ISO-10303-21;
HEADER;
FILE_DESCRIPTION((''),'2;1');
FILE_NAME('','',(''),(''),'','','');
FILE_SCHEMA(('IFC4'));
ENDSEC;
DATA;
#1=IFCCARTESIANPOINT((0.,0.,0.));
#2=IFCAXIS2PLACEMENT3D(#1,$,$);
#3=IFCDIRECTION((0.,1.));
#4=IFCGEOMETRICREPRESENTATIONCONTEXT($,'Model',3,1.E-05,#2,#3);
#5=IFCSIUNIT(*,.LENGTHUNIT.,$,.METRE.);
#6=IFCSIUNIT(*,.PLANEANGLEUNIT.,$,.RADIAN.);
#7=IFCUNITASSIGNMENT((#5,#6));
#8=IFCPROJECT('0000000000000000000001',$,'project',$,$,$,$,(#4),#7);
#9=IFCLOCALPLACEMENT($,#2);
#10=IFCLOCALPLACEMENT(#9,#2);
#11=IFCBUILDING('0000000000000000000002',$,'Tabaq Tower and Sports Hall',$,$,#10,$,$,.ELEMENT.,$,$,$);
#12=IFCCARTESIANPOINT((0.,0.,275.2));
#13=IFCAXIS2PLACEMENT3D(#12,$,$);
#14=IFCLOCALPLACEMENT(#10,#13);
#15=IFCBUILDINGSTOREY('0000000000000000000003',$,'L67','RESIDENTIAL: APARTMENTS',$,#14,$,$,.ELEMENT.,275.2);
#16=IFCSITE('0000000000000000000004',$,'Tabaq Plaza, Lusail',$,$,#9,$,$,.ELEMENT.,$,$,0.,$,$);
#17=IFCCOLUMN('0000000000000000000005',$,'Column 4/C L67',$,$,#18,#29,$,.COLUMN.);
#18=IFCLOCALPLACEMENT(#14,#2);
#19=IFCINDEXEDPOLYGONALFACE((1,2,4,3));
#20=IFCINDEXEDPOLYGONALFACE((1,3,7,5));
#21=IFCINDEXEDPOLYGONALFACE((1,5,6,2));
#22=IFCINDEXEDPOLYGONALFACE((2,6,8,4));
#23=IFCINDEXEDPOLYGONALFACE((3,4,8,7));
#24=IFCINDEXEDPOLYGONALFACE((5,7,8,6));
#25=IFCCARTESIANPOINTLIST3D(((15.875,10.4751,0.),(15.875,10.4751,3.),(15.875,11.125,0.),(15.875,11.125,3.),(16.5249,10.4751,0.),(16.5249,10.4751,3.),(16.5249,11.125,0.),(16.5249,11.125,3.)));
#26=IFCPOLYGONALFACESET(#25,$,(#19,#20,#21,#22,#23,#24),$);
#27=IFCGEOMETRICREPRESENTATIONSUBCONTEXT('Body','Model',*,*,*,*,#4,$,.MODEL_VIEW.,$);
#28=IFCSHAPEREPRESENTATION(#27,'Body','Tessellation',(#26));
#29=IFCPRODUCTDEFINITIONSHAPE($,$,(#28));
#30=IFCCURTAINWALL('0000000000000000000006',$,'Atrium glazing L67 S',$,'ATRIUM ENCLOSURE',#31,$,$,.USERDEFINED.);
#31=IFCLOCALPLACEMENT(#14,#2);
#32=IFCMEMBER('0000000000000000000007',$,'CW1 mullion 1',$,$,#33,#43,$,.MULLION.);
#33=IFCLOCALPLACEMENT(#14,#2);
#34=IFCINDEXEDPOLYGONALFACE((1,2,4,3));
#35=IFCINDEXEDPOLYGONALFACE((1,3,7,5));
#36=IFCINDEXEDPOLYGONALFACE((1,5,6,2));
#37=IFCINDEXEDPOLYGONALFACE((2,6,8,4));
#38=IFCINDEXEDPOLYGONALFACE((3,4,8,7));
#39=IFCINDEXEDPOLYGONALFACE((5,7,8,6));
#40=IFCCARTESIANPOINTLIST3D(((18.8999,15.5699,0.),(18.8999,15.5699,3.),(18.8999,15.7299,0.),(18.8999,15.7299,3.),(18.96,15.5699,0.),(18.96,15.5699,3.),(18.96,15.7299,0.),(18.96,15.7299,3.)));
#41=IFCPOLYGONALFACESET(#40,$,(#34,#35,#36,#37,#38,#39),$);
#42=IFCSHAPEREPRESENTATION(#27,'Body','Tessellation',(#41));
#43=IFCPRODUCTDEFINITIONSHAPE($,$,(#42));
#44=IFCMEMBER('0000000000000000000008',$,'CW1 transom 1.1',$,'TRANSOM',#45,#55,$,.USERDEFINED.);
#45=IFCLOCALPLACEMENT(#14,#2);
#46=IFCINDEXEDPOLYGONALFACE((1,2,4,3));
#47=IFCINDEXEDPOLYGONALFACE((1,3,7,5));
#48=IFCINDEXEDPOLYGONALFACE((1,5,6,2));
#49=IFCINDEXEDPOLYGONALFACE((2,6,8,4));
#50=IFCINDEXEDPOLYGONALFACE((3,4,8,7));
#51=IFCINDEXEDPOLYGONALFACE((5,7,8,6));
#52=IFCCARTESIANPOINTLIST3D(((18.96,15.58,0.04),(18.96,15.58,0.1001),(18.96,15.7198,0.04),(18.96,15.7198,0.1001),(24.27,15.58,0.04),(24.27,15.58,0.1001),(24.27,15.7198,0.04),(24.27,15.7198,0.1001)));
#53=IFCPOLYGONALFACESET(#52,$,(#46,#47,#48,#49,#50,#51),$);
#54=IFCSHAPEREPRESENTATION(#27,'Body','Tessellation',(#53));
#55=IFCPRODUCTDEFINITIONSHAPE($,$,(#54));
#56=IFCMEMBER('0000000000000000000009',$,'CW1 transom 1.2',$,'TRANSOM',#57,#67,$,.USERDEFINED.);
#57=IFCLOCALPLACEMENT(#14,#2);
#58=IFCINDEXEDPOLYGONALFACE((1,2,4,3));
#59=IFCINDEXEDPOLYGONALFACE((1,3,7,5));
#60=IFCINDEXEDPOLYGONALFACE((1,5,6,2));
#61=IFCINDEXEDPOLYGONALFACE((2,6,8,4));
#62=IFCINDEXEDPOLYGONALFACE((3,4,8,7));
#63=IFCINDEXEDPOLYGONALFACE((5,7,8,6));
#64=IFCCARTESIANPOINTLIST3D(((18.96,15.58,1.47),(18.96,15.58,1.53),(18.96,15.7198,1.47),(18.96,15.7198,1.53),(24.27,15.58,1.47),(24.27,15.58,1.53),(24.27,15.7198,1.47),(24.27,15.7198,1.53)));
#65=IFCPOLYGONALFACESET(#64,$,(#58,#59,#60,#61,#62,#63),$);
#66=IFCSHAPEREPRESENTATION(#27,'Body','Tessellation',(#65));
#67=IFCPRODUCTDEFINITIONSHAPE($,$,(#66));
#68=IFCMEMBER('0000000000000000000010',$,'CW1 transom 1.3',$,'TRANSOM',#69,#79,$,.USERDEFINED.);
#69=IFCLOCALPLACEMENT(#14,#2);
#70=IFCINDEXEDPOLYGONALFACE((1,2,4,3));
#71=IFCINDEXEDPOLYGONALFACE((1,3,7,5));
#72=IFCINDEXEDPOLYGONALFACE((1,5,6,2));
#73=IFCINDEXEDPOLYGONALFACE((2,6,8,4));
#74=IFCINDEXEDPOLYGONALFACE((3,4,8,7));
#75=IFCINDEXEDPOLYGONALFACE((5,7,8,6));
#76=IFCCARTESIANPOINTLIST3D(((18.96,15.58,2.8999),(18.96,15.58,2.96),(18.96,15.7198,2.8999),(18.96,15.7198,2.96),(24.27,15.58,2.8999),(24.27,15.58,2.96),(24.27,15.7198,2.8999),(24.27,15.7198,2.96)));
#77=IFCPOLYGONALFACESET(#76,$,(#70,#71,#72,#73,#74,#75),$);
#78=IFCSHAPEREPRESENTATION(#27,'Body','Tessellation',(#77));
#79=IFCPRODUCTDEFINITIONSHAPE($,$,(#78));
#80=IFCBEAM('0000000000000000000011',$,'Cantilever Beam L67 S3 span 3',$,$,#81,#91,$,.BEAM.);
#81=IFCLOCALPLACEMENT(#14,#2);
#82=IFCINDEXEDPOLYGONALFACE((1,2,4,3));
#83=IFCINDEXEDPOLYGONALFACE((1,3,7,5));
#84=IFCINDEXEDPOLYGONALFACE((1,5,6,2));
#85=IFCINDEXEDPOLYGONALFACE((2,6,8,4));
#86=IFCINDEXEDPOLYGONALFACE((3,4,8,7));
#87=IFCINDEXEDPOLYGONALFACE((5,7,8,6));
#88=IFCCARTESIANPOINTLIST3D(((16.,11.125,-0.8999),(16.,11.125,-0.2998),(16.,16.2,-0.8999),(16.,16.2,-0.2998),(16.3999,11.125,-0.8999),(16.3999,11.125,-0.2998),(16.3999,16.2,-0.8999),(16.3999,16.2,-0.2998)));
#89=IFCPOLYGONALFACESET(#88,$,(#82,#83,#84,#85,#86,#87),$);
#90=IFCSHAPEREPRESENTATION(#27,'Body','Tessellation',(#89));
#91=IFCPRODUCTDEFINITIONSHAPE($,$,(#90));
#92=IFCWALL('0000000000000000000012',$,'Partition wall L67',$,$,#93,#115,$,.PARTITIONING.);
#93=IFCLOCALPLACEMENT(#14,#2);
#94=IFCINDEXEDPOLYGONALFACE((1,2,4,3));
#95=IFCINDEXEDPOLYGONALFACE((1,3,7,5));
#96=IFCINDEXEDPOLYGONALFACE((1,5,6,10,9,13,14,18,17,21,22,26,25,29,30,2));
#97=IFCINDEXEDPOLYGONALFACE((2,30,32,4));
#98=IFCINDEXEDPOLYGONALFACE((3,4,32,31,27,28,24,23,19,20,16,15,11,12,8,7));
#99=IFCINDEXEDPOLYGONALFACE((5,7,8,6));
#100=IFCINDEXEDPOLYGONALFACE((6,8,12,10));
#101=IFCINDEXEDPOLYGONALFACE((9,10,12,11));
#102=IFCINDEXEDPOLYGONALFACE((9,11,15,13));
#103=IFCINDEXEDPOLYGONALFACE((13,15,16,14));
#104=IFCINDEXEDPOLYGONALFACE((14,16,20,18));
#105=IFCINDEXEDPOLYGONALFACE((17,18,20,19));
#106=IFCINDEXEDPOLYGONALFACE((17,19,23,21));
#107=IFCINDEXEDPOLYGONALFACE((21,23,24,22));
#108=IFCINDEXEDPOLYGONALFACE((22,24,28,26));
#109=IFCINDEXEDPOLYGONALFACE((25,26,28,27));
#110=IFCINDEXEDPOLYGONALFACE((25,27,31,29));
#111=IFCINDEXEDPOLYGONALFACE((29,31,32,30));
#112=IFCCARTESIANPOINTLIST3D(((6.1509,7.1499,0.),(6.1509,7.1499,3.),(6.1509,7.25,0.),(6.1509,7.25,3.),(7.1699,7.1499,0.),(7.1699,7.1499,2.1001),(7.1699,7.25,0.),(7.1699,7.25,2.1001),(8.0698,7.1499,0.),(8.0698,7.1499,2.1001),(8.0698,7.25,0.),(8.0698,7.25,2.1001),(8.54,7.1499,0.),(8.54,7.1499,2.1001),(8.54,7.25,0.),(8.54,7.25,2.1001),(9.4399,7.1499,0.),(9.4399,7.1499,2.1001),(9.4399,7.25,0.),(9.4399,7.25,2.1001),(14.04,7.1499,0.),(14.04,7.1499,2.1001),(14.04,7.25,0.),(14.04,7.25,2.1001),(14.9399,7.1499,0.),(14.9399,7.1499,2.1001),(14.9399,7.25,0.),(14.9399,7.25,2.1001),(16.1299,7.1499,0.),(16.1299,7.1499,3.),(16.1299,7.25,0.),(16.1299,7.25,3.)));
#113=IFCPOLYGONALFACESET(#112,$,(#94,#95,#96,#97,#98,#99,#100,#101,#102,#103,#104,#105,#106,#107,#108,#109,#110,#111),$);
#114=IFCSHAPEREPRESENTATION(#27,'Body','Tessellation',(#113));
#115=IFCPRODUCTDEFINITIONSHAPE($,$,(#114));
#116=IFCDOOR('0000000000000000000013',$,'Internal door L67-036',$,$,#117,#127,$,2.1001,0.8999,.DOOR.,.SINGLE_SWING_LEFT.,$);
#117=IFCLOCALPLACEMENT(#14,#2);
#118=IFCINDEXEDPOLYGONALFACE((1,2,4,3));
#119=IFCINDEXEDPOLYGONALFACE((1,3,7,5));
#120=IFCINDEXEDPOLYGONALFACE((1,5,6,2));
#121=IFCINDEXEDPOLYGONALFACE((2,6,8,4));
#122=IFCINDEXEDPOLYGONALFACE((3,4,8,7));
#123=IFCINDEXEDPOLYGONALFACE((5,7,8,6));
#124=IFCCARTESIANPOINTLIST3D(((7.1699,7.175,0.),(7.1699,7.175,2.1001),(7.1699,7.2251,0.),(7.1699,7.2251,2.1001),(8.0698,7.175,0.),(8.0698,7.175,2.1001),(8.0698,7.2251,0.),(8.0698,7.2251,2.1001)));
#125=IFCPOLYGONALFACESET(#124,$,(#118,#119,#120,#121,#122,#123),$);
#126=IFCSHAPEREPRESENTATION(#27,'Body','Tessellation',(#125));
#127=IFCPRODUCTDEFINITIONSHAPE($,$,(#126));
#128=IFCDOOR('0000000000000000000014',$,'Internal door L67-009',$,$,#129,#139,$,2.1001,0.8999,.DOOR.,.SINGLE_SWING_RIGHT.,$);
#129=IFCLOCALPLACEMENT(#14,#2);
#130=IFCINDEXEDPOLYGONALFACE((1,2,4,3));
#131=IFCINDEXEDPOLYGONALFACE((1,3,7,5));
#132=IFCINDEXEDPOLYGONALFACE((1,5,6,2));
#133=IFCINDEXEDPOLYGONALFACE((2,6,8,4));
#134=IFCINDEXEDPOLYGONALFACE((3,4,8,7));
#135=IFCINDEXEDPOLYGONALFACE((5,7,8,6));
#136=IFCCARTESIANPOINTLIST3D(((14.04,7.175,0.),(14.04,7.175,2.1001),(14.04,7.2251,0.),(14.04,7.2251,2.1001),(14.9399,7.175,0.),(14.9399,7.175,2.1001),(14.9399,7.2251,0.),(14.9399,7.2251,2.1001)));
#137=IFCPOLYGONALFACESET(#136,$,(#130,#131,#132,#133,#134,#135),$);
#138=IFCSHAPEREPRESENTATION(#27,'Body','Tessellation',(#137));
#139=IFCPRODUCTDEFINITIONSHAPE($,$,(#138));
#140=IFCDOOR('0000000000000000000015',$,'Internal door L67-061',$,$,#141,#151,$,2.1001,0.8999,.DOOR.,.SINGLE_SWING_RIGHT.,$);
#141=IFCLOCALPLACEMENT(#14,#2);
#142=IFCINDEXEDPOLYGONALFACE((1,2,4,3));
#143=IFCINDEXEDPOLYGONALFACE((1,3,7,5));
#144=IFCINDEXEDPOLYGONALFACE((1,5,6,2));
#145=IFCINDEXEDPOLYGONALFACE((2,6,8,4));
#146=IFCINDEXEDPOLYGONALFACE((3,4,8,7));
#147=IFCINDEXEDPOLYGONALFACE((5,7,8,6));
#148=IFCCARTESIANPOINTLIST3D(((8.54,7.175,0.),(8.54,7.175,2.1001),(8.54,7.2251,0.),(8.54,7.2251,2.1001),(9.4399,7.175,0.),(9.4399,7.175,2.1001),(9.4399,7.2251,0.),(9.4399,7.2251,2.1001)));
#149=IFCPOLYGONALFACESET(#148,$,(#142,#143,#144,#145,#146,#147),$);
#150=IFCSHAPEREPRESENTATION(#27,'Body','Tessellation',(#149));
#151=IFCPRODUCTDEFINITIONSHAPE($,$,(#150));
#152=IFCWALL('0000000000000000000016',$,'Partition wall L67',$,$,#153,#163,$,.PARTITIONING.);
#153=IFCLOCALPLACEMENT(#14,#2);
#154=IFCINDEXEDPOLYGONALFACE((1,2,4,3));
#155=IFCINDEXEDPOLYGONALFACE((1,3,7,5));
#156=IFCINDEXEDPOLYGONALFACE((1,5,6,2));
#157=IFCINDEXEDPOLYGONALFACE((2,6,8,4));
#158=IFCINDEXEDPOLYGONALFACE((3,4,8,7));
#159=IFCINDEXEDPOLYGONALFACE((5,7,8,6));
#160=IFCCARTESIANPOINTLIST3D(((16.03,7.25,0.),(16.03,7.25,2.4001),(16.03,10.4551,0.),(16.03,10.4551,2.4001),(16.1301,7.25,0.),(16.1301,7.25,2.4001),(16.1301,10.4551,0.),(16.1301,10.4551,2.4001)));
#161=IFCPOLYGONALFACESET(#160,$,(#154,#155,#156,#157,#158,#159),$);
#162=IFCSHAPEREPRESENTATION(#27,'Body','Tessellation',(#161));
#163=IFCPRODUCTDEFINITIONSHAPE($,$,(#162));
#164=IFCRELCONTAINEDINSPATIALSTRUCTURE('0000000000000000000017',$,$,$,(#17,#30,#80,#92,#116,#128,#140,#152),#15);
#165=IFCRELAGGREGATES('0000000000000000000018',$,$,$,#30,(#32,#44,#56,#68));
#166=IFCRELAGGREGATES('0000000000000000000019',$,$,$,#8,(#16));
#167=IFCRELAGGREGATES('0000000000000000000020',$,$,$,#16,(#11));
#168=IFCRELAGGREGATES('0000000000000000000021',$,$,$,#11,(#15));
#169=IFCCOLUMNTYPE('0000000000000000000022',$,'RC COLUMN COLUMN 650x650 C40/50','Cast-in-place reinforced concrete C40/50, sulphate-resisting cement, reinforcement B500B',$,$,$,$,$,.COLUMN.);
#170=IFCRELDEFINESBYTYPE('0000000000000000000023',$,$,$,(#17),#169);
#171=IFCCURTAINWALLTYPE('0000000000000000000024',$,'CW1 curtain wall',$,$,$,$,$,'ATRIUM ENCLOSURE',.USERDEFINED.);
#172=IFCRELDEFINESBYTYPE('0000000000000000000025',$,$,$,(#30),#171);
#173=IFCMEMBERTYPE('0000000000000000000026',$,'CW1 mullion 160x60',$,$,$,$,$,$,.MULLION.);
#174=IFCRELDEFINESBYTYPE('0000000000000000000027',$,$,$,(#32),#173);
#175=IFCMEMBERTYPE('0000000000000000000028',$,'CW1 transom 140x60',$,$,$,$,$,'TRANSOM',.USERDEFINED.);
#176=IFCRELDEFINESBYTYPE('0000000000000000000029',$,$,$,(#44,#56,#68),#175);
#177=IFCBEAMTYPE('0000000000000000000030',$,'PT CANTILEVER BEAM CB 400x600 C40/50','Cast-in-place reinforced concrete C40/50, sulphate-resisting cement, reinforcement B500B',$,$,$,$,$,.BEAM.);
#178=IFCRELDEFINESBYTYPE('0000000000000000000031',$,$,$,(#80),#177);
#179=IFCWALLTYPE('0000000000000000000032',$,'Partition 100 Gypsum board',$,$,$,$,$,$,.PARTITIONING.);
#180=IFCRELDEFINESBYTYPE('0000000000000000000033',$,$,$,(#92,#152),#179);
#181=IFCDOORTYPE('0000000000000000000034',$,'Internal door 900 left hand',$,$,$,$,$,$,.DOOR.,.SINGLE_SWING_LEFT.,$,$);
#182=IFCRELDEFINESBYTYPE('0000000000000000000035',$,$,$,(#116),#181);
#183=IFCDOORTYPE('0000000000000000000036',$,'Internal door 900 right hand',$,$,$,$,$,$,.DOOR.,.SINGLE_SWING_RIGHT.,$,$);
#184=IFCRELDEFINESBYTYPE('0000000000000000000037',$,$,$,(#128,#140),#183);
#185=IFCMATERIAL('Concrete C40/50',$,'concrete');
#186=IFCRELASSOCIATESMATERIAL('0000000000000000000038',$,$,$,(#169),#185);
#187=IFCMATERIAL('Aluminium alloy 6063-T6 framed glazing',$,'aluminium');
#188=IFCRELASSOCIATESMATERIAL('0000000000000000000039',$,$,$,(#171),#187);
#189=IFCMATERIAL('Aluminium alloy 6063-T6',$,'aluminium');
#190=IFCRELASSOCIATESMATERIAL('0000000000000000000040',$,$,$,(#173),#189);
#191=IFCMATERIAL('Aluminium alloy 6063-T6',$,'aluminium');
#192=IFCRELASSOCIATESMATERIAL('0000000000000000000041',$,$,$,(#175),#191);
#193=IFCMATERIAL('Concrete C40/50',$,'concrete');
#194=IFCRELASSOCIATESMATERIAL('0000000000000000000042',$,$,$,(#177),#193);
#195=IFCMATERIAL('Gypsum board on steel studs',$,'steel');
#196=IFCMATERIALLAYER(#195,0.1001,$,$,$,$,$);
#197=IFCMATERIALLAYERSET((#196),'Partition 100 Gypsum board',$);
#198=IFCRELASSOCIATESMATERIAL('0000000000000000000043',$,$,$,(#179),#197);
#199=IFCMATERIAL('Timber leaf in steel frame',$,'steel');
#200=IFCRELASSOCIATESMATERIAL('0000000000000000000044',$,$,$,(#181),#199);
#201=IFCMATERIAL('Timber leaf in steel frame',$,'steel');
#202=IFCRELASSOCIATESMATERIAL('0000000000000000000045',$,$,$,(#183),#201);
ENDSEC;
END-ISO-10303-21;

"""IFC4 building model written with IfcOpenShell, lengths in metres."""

from ifc_helpers import new_model, si_unit, direction, frame, frame_2d, origin, origin_2d, place, context, subcontext, project, spatial, rectangle, extrude, material, layer, layer_set, material_profile, profile_set, type_object, element, fill, aggregate, save


model = new_model("IFC4")

# Units and contexts
model_context = context("Model", 3, precision=1e-05, world=origin(), true_north=direction((0.0, 1.0)))
body_context = subcontext(model_context, "Body", "Model", "MODEL_VIEW")
ifc_project = project(units=[si_unit("LENGTHUNIT", "METRE"), si_unit("PLANEANGLEUNIT", "RADIAN")], contexts=[model_context])

# Site, building, storey
site_placement = place(None, origin())
site = spatial("IfcSite", under=ifc_project, at=site_placement, Name="Tabaq Plaza, Lusail", CompositionType="ELEMENT", RefElevation=0.0)
building_placement = place(site_placement, origin())
building = spatial("IfcBuilding", under=site, at=building_placement, Name="Tabaq Tower and Sports Hall", CompositionType="ELEMENT")
storey_placement = place(building_placement, frame((0.0, 0.0, 275.2)))
storey = spatial("IfcBuildingStorey", under=building, at=storey_placement, Name="L67", Description="RESIDENTIAL: APARTMENTS", CompositionType="ELEMENT", Elevation=275.2)

# Column
ifc_material_1 = material(Name="Concrete C40/50", Category="concrete")
ifc_material_profile_1 = material_profile(ifc_material_1, rectangle(XDim=0.6499, YDim=0.6499, at=origin_2d()), Name="COLUMN 650x650")
ifc_profile_set_1 = profile_set([ifc_material_profile_1], Name="Concrete C40/50")
column_type = type_object("IfcColumnType", Name="RC COLUMN COLUMN 650x650 C40/50", Description="Cast-in-place reinforced concrete C40/50, sulphate-resisting cement, reinforcement B500B", PredefinedType="COLUMN", material=ifc_profile_set_1)
column_placement = place(storey_placement, frame((16.2, 10.8, 0.0), z_axis=(0.0, 0.0, 1.0), x_axis=(1.0, 0.0, 0.0)))
element("IfcColumn", 1, at=column_placement, inside=storey, type_object=column_type, Name="Column 4/C L67", PredefinedType="COLUMN", context=body_context, shape_type="SweptSolid", body=[
    extrude(rectangle(XDim=0.6499, YDim=0.6499, at=origin_2d()), origin(), (0.0, 0.0, 1.0), 3.0),
])

# Curtain wall, members
ifc_material_2 = material(Name="Aluminium alloy 6063-T6 framed glazing", Category="aluminium")
curtain_wall_type = type_object("IfcCurtainWallType", Name="CW1 curtain wall", ElementType="ATRIUM ENCLOSURE", PredefinedType="USERDEFINED", material=ifc_material_2)
curtain_wall_placement = place(storey_placement, origin())
curtain_wall = element("IfcCurtainWall", 2, at=curtain_wall_placement, inside=storey, type_object=curtain_wall_type, Name="Atrium glazing L67 S", ObjectType="ATRIUM ENCLOSURE", PredefinedType="USERDEFINED")
ifc_material_3 = material(Name="Aluminium alloy 6063-T6", Category="aluminium")
ifc_material_profile_2 = material_profile(ifc_material_3, rectangle(XDim=0.1599, YDim=0.0601, at=origin_2d()), Name="MULLION 160x60")
ifc_profile_set_2 = profile_set([ifc_material_profile_2], Name="Aluminium alloy 6063-T6")
member_type_1 = type_object("IfcMemberType", Name="CW1 mullion 160x60", PredefinedType="MULLION", material=ifc_profile_set_2)
member_1_placement = place(storey_placement, frame((18.9299, 15.6499, 0.0), z_axis=(0.0, 0.0, 1.0), x_axis=(0.0, 1.0, 0.0)))
member_1 = element("IfcMember", 3, at=member_1_placement, type_object=member_type_1, Name="CW1 mullion 1", PredefinedType="MULLION", context=body_context, shape_type="SweptSolid", body=[
    extrude(rectangle(XDim=0.1599, YDim=0.0601, at=origin_2d()), origin(), (0.0, 0.0, 1.0), 3.0),
])
ifc_material_4 = material(Name="Aluminium alloy 6063-T6", Category="aluminium")
ifc_material_profile_3 = material_profile(ifc_material_4, rectangle(XDim=0.1399, YDim=0.0601, at=origin_2d()), Name="TRANSOM 140x60")
ifc_profile_set_3 = profile_set([ifc_material_profile_3], Name="Aluminium alloy 6063-T6")
member_type_2 = type_object("IfcMemberType", Name="CW1 transom 140x60", ElementType="TRANSOM", PredefinedType="USERDEFINED", material=ifc_profile_set_3)
member_2_placement = place(storey_placement, frame((18.96, 15.6499, 0.0701), z_axis=(1.0, 0.0, 0.0), x_axis=(0.0, 1.0, 0.0)))
member_2 = element("IfcMember", 4, at=member_2_placement, type_object=member_type_2, Name="CW1 transom 1.1", ObjectType="TRANSOM", PredefinedType="USERDEFINED", context=body_context, shape_type="SweptSolid", body=[
    extrude(rectangle(XDim=0.1399, YDim=0.0601, at=origin_2d()), origin(), (0.0, 0.0, 1.0), 5.3101),
])
member_3_placement = place(storey_placement, frame((18.96, 15.6499, 1.5), z_axis=(1.0, 0.0, 0.0), x_axis=(0.0, 1.0, 0.0)))
member_3 = element("IfcMember", 5, at=member_3_placement, type_object=member_type_2, Name="CW1 transom 1.2", ObjectType="TRANSOM", PredefinedType="USERDEFINED", context=body_context, shape_type="SweptSolid", body=[
    extrude(rectangle(XDim=0.1399, YDim=0.0601, at=origin_2d()), origin(), (0.0, 0.0, 1.0), 5.3101),
])
member_4_placement = place(storey_placement, frame((18.96, 15.6499, 2.9299), z_axis=(1.0, 0.0, 0.0), x_axis=(0.0, 1.0, 0.0)))
member_4 = element("IfcMember", 6, at=member_4_placement, type_object=member_type_2, Name="CW1 transom 1.3", ObjectType="TRANSOM", PredefinedType="USERDEFINED", context=body_context, shape_type="SweptSolid", body=[
    extrude(rectangle(XDim=0.1399, YDim=0.0601, at=origin_2d()), origin(), (0.0, 0.0, 1.0), 5.3101),
])
aggregate(curtain_wall, [member_1, member_2, member_3, member_4])

# Beam
ifc_material_5 = material(Name="Concrete C40/50", Category="concrete")
ifc_material_profile_4 = material_profile(ifc_material_5, rectangle(XDim=0.3999, YDim=0.6001, at=origin_2d()), Name="CB 400x600")
ifc_profile_set_4 = profile_set([ifc_material_profile_4], Name="Concrete C40/50")
beam_type = type_object("IfcBeamType", Name="PT CANTILEVER BEAM CB 400x600 C40/50", Description="Cast-in-place reinforced concrete C40/50, sulphate-resisting cement, reinforcement B500B", PredefinedType="BEAM", material=ifc_profile_set_4)
beam_placement = place(storey_placement, frame((16.2, 11.125, -0.5999), z_axis=(0.0, 1.0, 0.0), x_axis=(-1.0, 0.0, 0.0)))
element("IfcBeam", 7, at=beam_placement, inside=storey, type_object=beam_type, Name="Cantilever Beam L67 S3 span 3", PredefinedType="BEAM", context=body_context, shape_type="SweptSolid", body=[
    extrude(rectangle(XDim=0.3999, YDim=0.6001, at=origin_2d()), origin(), (0.0, 0.0, 1.0), 5.075),
])

# Wall, openings, doors
ifc_material_6 = material(Name="Gypsum board on steel studs", Category="steel")
ifc_layer = layer(ifc_material_6, 0.1001)
ifc_layer_set = layer_set([ifc_layer], Name="Partition 100 Gypsum board")
wall_type = type_object("IfcWallType", Name="Partition 100 Gypsum board", PredefinedType="PARTITIONING", material=ifc_layer_set)
wall_1_placement = place(storey_placement, frame((16.1299, 7.2, 0.0), z_axis=(0.0, 0.0, 1.0), x_axis=(-1.0, 0.0, 0.0)))
wall_1 = element("IfcWall", 8, at=wall_1_placement, inside=storey, type_object=wall_type, Name="Partition wall L67", PredefinedType="PARTITIONING", context=body_context, shape_type="SweptSolid", body=[
    extrude(rectangle(XDim=9.979, YDim=0.1001, at=frame_2d((4.9895, 0.0))), origin(), (0.0, 0.0, 1.0), 3.0),
])
opening_1_placement = place(wall_1_placement, frame((1.1899, 0.0, 0.0)))
opening_1 = element("IfcOpeningElement", 9, at=opening_1_placement, cuts=wall_1, PredefinedType="OPENING", context=body_context, shape_type="SweptSolid", body=[
    extrude(rectangle(XDim=0.8999, YDim=2.1001, at=frame_2d((0.45, 1.05))), frame((0.0, 0.05, 0.0), z_axis=(0.0, -1.0, 0.0), x_axis=(1.0, 0.0, 0.0)), (0.0, 0.0, 1.0), 0.1001),
])
opening_2_placement = place(wall_1_placement, frame((8.0601, 0.0, 0.0)))
opening_2 = element("IfcOpeningElement", 10, at=opening_2_placement, cuts=wall_1, PredefinedType="OPENING", context=body_context, shape_type="SweptSolid", body=[
    extrude(rectangle(XDim=0.8999, YDim=2.1001, at=frame_2d((0.45, 1.05))), frame((0.0, 0.05, 0.0), z_axis=(0.0, -1.0, 0.0), x_axis=(1.0, 0.0, 0.0)), (0.0, 0.0, 1.0), 0.1001),
])
opening_3_placement = place(wall_1_placement, frame((6.6899, 0.0, 0.0)))
opening_3 = element("IfcOpeningElement", 11, at=opening_3_placement, cuts=wall_1, PredefinedType="OPENING", context=body_context, shape_type="SweptSolid", body=[
    extrude(rectangle(XDim=0.8999, YDim=2.1001, at=frame_2d((0.45, 1.05))), frame((0.0, 0.05, 0.0), z_axis=(0.0, -1.0, 0.0), x_axis=(1.0, 0.0, 0.0)), (0.0, 0.0, 1.0), 0.1001),
])
ifc_material_7 = material(Name="Timber leaf in steel frame", Category="steel")
door_type_1 = type_object("IfcDoorType", Name="Internal door 900 left hand", OperationType="SINGLE_SWING_LEFT", PredefinedType="DOOR", material=ifc_material_7)
door_1_placement = place(opening_2_placement, origin())
door_1 = element("IfcDoor", 12, at=door_1_placement, inside=storey, type_object=door_type_1, Name="Internal door L67-036", OperationType="SINGLE_SWING_LEFT", OverallHeight=2.1001, OverallWidth=0.8999, PredefinedType="DOOR", context=body_context, shape_type="SweptSolid", body=[
    extrude(rectangle(XDim=0.8999, YDim=2.1001, at=frame_2d((0.45, 1.05))), frame((0.0, 0.0249, 0.0), z_axis=(0.0, -1.0, 0.0), x_axis=(1.0, 0.0, 0.0)), (0.0, 0.0, 1.0), 0.05),
])
fill(opening_2, door_1)
ifc_material_8 = material(Name="Timber leaf in steel frame", Category="steel")
door_type_2 = type_object("IfcDoorType", Name="Internal door 900 right hand", OperationType="SINGLE_SWING_RIGHT", PredefinedType="DOOR", material=ifc_material_8)
door_2_placement = place(opening_1_placement, origin())
door_2 = element("IfcDoor", 13, at=door_2_placement, inside=storey, type_object=door_type_2, Name="Internal door L67-009", OperationType="SINGLE_SWING_RIGHT", OverallHeight=2.1001, OverallWidth=0.8999, PredefinedType="DOOR", context=body_context, shape_type="SweptSolid", body=[
    extrude(rectangle(XDim=0.8999, YDim=2.1001, at=frame_2d((0.45, 1.05))), frame((0.0, 0.0249, 0.0), z_axis=(0.0, -1.0, 0.0), x_axis=(1.0, 0.0, 0.0)), (0.0, 0.0, 1.0), 0.05),
])
fill(opening_1, door_2)
door_3_placement = place(opening_3_placement, origin())
door_3 = element("IfcDoor", 14, at=door_3_placement, inside=storey, type_object=door_type_2, Name="Internal door L67-061", OperationType="SINGLE_SWING_RIGHT", OverallHeight=2.1001, OverallWidth=0.8999, PredefinedType="DOOR", context=body_context, shape_type="SweptSolid", body=[
    extrude(rectangle(XDim=0.8999, YDim=2.1001, at=frame_2d((0.45, 1.05))), frame((0.0, 0.0249, 0.0), z_axis=(0.0, -1.0, 0.0), x_axis=(1.0, 0.0, 0.0)), (0.0, 0.0, 1.0), 0.05),
])
fill(opening_3, door_3)

# Wall
wall_2_placement = place(storey_placement, frame((16.0801, 7.25, 0.0), z_axis=(0.0, 0.0, 1.0), x_axis=(0.0, 1.0, 0.0)))
element("IfcWall", 15, at=wall_2_placement, inside=storey, type_object=wall_type, Name="Partition wall L67", PredefinedType="PARTITIONING", context=body_context, shape_type="SweptSolid", body=[
    extrude(rectangle(XDim=3.2051, YDim=0.1001, at=frame_2d((1.6025, 0.0))), origin(), (0.0, 0.0, 1.0), 2.4001),
])

save(model, "model.ifc")
